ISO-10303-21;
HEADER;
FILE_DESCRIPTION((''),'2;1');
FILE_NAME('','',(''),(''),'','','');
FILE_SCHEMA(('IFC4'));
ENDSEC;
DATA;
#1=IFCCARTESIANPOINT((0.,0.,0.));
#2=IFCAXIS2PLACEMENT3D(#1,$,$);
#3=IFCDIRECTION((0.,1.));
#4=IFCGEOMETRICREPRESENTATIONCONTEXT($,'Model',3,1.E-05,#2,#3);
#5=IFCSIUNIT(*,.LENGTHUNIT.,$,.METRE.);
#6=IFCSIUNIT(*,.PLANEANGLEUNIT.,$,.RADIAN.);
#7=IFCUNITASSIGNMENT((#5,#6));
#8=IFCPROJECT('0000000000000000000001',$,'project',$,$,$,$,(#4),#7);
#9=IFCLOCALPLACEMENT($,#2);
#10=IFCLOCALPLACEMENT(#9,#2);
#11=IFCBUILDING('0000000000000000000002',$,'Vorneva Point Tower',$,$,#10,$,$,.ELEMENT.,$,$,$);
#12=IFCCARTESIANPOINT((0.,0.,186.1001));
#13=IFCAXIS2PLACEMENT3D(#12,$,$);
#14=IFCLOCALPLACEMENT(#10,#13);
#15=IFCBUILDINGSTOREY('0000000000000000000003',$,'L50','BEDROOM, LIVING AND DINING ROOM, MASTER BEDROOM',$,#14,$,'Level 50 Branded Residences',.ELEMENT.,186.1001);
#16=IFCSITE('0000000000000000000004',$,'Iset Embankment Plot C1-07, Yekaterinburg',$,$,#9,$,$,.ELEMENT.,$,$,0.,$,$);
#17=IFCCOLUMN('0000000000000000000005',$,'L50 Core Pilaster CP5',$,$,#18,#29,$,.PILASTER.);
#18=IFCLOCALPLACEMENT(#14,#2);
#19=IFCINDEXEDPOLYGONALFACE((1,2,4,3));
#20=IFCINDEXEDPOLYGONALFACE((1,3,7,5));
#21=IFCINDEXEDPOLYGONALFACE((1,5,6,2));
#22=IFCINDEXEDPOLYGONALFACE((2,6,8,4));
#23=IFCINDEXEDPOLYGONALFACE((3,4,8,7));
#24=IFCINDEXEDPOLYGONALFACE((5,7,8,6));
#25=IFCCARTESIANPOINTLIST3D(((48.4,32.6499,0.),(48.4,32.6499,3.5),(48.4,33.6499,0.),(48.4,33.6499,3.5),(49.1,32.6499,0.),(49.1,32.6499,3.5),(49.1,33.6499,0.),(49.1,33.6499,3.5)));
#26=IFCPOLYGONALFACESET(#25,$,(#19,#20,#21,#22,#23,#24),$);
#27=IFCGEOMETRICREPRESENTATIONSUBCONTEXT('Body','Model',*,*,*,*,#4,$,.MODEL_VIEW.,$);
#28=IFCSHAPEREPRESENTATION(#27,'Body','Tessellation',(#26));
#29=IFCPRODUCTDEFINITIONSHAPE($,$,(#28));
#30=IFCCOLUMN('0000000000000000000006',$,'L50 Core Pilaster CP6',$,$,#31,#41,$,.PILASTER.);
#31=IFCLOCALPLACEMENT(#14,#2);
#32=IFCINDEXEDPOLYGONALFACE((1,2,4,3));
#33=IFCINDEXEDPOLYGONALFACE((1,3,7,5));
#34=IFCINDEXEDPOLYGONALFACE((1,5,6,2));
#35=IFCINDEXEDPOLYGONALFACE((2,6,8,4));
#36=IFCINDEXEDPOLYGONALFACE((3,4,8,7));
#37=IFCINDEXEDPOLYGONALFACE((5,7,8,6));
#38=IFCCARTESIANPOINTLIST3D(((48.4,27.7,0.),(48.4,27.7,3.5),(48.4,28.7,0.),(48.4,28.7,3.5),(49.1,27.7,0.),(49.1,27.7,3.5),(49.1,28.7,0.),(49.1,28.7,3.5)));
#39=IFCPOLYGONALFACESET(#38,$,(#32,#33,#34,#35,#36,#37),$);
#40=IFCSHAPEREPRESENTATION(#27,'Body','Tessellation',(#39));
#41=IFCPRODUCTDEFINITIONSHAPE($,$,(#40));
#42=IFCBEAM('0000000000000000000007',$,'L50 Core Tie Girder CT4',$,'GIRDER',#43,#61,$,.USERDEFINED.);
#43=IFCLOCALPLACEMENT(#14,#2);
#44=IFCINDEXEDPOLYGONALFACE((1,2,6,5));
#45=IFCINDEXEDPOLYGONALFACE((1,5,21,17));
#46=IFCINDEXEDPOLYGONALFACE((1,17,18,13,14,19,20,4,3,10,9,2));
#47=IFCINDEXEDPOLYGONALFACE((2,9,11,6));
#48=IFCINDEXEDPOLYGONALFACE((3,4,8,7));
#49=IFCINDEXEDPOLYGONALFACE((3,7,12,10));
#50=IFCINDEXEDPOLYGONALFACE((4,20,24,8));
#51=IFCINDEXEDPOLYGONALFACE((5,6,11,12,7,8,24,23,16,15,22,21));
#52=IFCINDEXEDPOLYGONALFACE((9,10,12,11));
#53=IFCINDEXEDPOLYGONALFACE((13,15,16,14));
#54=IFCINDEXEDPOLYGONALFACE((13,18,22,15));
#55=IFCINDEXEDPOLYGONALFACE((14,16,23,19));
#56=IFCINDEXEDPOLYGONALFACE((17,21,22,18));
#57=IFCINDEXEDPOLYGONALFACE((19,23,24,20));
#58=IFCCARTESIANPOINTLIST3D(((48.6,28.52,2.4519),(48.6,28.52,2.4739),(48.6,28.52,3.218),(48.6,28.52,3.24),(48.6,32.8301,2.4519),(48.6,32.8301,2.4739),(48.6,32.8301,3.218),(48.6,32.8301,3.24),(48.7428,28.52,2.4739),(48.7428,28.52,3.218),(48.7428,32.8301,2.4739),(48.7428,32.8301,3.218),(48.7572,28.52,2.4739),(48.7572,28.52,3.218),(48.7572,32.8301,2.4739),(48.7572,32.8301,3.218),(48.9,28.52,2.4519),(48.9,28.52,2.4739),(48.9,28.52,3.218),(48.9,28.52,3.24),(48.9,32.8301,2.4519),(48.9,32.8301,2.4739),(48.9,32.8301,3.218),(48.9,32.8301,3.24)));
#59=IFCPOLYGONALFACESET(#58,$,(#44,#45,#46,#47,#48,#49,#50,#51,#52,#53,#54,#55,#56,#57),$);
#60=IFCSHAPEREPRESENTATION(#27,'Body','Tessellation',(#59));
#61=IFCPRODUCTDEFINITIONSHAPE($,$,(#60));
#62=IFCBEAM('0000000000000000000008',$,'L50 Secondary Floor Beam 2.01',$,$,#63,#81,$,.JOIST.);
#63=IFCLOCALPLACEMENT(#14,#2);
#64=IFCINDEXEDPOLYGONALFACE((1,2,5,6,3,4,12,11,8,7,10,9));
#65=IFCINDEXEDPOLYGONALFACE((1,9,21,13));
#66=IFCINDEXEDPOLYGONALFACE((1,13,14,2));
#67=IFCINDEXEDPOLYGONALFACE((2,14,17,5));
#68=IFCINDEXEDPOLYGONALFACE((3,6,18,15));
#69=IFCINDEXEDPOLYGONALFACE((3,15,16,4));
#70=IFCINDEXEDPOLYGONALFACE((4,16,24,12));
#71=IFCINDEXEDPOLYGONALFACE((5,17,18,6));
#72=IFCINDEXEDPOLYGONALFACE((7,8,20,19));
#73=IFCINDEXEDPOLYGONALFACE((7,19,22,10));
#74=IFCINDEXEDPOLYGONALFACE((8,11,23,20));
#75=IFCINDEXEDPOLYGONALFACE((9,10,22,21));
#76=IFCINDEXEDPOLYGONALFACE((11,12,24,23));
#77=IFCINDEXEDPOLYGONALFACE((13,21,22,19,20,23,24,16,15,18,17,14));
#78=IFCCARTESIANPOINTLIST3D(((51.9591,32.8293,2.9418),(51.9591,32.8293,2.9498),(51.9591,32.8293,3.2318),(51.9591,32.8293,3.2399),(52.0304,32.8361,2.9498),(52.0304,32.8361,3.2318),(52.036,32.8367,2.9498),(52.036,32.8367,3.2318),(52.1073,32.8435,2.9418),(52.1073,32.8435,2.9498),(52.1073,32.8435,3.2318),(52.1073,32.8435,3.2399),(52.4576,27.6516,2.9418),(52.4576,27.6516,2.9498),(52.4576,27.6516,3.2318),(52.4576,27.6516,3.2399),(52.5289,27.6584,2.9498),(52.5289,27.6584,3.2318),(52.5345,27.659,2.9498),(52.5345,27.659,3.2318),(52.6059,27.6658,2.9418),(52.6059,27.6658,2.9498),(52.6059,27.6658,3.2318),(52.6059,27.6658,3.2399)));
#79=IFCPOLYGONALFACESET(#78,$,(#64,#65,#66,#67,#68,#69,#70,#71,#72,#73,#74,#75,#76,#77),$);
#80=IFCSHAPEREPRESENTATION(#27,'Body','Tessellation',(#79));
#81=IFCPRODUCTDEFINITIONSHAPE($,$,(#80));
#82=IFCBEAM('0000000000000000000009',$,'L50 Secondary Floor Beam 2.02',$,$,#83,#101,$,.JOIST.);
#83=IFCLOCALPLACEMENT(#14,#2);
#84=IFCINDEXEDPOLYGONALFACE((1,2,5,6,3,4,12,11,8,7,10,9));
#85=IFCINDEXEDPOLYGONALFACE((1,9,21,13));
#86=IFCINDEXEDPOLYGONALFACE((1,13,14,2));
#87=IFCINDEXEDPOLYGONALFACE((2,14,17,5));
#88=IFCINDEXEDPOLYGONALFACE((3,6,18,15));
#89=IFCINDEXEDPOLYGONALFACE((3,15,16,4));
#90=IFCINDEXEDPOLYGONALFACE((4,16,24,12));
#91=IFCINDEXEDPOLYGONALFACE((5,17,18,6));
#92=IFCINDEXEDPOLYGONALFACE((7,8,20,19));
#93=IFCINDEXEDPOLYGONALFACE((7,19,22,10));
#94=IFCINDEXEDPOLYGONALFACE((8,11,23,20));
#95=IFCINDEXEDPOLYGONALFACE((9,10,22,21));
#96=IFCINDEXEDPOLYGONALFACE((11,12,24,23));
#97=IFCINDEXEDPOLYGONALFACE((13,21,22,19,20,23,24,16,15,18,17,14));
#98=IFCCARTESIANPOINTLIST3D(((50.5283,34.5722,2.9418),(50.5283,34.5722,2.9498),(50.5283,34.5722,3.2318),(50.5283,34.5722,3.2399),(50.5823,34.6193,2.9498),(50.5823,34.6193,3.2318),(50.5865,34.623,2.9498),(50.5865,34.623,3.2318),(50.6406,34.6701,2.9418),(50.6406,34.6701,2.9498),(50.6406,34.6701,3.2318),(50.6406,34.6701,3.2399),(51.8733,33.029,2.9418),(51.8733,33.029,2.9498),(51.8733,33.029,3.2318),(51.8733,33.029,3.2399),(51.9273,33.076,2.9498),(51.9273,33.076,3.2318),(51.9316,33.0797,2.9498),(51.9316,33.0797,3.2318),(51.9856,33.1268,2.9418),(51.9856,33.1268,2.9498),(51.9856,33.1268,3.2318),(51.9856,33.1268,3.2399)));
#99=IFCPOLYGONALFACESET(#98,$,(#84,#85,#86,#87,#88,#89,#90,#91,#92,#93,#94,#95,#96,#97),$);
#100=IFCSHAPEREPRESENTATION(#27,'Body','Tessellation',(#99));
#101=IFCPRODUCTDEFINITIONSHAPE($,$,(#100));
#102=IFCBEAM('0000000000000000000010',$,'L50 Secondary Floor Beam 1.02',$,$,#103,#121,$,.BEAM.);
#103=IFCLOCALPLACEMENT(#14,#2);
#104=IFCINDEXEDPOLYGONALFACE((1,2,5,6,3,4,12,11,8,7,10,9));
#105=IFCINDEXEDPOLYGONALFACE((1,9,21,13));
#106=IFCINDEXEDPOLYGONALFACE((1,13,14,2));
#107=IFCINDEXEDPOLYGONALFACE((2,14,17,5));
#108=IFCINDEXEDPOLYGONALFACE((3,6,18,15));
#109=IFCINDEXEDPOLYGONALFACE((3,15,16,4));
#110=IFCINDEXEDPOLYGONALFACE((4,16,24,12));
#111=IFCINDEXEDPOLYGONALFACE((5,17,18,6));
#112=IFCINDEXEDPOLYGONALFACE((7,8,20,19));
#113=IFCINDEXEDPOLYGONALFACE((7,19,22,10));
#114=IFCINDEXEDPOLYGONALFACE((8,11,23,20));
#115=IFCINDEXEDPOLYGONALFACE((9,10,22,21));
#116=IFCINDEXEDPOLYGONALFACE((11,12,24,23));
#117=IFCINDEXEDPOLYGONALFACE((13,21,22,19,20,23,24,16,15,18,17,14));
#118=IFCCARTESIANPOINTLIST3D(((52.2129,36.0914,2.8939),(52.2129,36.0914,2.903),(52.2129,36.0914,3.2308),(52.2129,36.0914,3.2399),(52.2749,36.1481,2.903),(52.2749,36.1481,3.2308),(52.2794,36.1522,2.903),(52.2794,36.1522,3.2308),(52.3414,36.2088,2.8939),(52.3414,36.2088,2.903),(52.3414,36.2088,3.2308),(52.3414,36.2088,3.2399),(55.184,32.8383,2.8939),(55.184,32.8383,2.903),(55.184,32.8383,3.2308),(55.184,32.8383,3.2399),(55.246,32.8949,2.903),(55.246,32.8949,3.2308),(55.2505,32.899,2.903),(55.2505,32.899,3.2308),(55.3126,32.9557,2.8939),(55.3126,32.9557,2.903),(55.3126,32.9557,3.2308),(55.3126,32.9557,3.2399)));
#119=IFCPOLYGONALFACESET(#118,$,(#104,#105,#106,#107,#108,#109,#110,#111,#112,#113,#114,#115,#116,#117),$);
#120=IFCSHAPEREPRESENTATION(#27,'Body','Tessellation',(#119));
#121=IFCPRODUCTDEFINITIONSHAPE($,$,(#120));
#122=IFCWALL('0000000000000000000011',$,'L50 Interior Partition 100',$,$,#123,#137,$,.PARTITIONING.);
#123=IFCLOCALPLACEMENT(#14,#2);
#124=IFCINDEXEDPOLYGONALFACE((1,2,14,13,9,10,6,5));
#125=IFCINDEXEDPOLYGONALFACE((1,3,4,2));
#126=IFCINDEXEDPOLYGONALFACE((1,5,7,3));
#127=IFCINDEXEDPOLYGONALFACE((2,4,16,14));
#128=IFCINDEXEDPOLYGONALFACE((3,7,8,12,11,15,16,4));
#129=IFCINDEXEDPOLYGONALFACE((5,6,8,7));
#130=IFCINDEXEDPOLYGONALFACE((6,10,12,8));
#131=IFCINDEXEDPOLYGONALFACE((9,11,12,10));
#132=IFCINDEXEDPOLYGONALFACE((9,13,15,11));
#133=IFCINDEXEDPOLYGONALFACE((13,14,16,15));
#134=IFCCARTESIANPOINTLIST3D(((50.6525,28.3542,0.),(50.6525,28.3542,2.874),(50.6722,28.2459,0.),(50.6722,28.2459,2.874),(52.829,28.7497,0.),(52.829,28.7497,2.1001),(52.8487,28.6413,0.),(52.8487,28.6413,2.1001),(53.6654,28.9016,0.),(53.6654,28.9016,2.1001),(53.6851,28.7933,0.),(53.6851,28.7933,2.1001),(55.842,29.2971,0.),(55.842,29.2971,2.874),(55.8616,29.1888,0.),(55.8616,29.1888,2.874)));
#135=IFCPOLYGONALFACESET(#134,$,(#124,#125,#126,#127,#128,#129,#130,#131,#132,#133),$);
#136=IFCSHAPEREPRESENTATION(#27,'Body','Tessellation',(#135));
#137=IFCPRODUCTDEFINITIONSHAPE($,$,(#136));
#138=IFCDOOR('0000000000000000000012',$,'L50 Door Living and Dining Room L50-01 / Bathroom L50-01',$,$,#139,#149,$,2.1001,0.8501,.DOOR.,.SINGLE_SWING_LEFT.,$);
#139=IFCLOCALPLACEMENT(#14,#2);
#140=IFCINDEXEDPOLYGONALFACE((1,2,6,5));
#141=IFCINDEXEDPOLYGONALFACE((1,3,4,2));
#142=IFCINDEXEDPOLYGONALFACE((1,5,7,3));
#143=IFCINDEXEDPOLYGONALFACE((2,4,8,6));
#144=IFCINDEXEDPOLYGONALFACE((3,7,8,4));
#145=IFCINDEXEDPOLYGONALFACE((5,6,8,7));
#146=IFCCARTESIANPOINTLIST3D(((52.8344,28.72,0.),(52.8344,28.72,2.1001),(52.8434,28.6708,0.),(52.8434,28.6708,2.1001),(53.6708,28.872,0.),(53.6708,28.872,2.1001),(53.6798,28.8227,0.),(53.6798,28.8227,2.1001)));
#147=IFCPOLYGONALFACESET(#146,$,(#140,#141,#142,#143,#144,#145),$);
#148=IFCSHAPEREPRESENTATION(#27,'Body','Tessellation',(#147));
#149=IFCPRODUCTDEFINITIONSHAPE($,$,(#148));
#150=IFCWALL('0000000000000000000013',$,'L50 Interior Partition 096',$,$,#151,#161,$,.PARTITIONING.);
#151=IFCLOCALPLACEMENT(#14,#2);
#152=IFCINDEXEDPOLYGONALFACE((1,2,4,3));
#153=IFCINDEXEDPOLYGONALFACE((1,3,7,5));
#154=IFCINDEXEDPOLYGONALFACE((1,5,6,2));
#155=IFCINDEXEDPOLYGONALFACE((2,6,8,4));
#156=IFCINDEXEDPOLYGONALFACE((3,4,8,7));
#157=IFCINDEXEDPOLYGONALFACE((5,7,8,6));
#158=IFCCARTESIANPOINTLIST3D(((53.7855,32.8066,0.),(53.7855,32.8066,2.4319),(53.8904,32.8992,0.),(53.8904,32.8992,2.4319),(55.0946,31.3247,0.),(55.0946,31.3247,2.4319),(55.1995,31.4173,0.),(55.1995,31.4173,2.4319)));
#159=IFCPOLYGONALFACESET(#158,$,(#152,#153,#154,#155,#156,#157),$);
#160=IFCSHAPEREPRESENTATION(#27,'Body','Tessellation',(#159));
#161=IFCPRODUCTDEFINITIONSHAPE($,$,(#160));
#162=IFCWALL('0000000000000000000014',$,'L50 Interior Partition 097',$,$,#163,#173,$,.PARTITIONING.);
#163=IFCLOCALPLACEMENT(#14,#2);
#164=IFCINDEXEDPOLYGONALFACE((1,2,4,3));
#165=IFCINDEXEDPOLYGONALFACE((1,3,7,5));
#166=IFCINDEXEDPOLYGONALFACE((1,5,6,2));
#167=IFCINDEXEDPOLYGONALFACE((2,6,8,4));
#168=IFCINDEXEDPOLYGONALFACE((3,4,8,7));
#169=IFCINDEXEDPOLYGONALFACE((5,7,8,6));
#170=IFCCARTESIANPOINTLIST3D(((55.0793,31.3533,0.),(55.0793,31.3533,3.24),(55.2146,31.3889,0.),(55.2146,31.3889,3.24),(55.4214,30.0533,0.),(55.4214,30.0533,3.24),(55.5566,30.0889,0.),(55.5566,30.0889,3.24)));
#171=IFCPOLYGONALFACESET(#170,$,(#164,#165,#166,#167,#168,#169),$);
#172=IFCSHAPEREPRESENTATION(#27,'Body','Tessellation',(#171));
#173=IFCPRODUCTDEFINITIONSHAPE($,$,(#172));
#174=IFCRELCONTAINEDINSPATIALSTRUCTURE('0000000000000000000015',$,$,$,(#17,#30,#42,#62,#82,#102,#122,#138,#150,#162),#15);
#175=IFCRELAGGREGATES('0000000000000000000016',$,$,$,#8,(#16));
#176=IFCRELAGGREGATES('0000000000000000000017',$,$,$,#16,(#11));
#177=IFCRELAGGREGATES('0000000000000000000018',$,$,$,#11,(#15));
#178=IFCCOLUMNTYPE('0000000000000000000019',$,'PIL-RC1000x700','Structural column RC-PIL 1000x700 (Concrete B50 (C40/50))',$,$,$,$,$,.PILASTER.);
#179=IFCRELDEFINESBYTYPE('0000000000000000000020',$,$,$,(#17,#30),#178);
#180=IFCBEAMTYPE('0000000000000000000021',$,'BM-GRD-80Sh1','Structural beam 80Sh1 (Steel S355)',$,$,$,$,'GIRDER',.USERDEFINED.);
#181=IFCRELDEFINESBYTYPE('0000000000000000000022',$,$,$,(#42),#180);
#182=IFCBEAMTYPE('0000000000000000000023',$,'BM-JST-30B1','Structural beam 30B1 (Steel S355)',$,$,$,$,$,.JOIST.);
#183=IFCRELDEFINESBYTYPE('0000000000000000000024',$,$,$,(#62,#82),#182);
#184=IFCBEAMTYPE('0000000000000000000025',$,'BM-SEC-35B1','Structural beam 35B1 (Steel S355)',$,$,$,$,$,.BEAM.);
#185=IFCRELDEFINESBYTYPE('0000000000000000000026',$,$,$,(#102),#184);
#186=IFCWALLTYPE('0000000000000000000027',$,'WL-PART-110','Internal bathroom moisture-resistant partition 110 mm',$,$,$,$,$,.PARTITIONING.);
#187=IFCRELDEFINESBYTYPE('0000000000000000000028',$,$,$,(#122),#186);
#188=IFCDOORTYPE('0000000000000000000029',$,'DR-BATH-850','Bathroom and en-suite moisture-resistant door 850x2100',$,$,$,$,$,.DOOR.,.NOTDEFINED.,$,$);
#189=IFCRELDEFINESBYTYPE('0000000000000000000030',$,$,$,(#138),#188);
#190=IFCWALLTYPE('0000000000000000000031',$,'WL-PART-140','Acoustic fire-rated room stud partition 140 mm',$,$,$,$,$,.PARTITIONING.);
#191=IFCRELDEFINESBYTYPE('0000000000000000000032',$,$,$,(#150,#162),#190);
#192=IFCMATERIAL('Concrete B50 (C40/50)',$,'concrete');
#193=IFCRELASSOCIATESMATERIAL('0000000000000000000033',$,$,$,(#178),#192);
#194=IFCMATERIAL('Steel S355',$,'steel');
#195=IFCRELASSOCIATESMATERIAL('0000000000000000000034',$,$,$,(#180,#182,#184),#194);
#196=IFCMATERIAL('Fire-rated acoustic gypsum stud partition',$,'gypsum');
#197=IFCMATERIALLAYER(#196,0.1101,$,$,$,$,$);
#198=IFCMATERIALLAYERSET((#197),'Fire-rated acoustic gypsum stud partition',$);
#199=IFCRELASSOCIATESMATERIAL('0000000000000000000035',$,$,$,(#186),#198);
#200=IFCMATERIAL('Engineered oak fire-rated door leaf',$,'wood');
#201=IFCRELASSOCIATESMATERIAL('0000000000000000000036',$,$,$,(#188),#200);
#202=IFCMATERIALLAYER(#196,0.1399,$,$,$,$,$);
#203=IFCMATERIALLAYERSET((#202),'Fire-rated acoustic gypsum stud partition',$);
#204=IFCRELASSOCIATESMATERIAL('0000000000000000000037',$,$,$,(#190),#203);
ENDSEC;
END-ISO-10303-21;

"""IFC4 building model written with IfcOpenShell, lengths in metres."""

from ifc_helpers import new_model, si_unit, direction, frame, frame_2d, origin, origin_2d, place, context, subcontext, project, spatial, rectangle, i_section, extrude, material, layer, layer_set, material_profile, profile_set, type_object, element, fill, save


model = new_model("IFC4")

# Units and contexts
model_context = context("Model", 3, precision=1e-05, world=origin(), true_north=direction((0.0, 1.0)))
body_context = subcontext(model_context, "Body", "Model", "MODEL_VIEW")
ifc_project = project(units=[si_unit("LENGTHUNIT", "METRE"), si_unit("PLANEANGLEUNIT", "RADIAN")], contexts=[model_context])

# Site, building, storey
site_placement = place(None, origin())
site = spatial("IfcSite", under=ifc_project, at=site_placement, Name="Iset Embankment Plot C1-07, Yekaterinburg", CompositionType="ELEMENT", RefElevation=0.0)
building_placement = place(site_placement, origin())
building = spatial("IfcBuilding", under=site, at=building_placement, Name="Vorneva Point Tower", CompositionType="ELEMENT")
storey_placement = place(building_placement, frame((0.0, 0.0, 186.1001)))
storey = spatial("IfcBuildingStorey", under=building, at=storey_placement, Name="L50", Description="BEDROOM, LIVING AND DINING ROOM, MASTER BEDROOM", LongName="Level 50 Branded Residences", CompositionType="ELEMENT", Elevation=186.1001)

# Columns
ifc_material_1 = material(Name="Concrete B50 (C40/50)", Category="concrete")
ifc_material_profile_1 = material_profile(ifc_material_1, rectangle(XDim=0.7, YDim=1.0, at=origin_2d()), Name="RC-PIL 1000x700")
ifc_profile_set_1 = profile_set([ifc_material_profile_1], Name="Concrete B50 (C40/50)")
column_type = type_object("IfcColumnType", Name="PIL-RC1000x700", Description="Structural column RC-PIL 1000x700 (Concrete B50 (C40/50))", PredefinedType="PILASTER", material=ifc_profile_set_1)
for number, where, z_axis, x_axis, name in (
    (1, (48.75, 33.1499, 0.0), (0.0, 0.0, 1.0), (1.0, 0.0, 0.0), "L50 Core Pilaster CP5"),
    (2, (48.75, 28.2, 0.0), (0.0, 0.0, 1.0), (1.0, 0.0, 0.0), "L50 Core Pilaster CP6"),
):
    element("IfcColumn", number, at=place(storey_placement, frame(where, z_axis=z_axis, x_axis=x_axis)), inside=storey, type_object=column_type, Name=name, PredefinedType="PILASTER", context=body_context, shape_type="SweptSolid", body=[
        extrude(rectangle(XDim=0.7, YDim=1.0, at=origin_2d()), origin(), (0.0, 0.0, 1.0), 3.5),
    ])

# Beams
ifc_material_2 = material(Name="Steel S355", Category="steel")
ifc_material_profile_2 = material_profile(ifc_material_2, i_section(OverallWidth=0.3, OverallDepth=0.7881, WebThickness=0.0144, FlangeThickness=0.022, at=origin_2d()), Name="80Sh1")
ifc_profile_set_2 = profile_set([ifc_material_profile_2], Name="Steel S355")
beam_type_1 = type_object("IfcBeamType", Name="BM-GRD-80Sh1", Description="Structural beam 80Sh1 (Steel S355)", ElementType="GIRDER", PredefinedType="USERDEFINED", material=ifc_profile_set_2)
beam_1_placement = place(storey_placement, frame((48.75, 28.52, 2.8459), z_axis=(0.0, 1.0, 0.0), x_axis=(-1.0, 0.0, 0.0)))
element("IfcBeam", 3, at=beam_1_placement, inside=storey, type_object=beam_type_1, Name="L50 Core Tie Girder CT4", ObjectType="GIRDER", PredefinedType="USERDEFINED", context=body_context, shape_type="SweptSolid", body=[
    extrude(i_section(OverallWidth=0.3, OverallDepth=0.7881, WebThickness=0.0144, FlangeThickness=0.022, at=origin_2d()), origin(), (0.0, 0.0, 1.0), 4.3101),
])
ifc_material_profile_3 = material_profile(ifc_material_2, i_section(OverallWidth=0.1489, OverallDepth=0.2981, WebThickness=0.0056, FlangeThickness=0.0081, at=origin_2d()), Name="30B1")
ifc_profile_set_3 = profile_set([ifc_material_profile_3], Name="Steel S355")
beam_type_2 = type_object("IfcBeamType", Name="BM-JST-30B1", Description="Structural beam 30B1 (Steel S355)", PredefinedType="JOIST", material=ifc_profile_set_3)
beam_2_placement = place(storey_placement, frame((52.5317, 27.6587, 3.0908), z_axis=(-0.095841, 0.995397, 0.0), x_axis=(-0.995397, -0.095841, 0.0)))
element("IfcBeam", 4, at=beam_2_placement, inside=storey, type_object=beam_type_2, Name="L50 Secondary Floor Beam 2.01", PredefinedType="JOIST", context=body_context, shape_type="SweptSolid", body=[
    extrude(i_section(OverallWidth=0.1489, OverallDepth=0.2981, WebThickness=0.0056, FlangeThickness=0.0081, at=origin_2d()), origin(), (0.0, 0.0, 1.0), 5.2017),
])
beam_3_placement = place(storey_placement, frame((51.9294, 33.0779, 3.0908), z_axis=(-0.657026, 0.753868, 0.0), x_axis=(-0.753868, -0.657026, 0.0)))
element("IfcBeam", 5, at=beam_3_placement, inside=storey, type_object=beam_type_2, Name="L50 Secondary Floor Beam 2.02", PredefinedType="JOIST", context=body_context, shape_type="SweptSolid", body=[
    extrude(i_section(OverallWidth=0.1489, OverallDepth=0.2981, WebThickness=0.0056, FlangeThickness=0.0081, at=origin_2d()), origin(), (0.0, 0.0, 1.0), 2.0471),
])
ifc_material_profile_4 = material_profile(ifc_material_2, i_section(OverallWidth=0.1741, OverallDepth=0.3459, WebThickness=0.0061, FlangeThickness=0.009, at=origin_2d()), Name="35B1")
ifc_profile_set_4 = profile_set([ifc_material_profile_4], Name="Steel S355")
beam_type_3 = type_object("IfcBeamType", Name="BM-SEC-35B1", Description="Structural beam 35B1 (Steel S355)", PredefinedType="BEAM", material=ifc_profile_set_4)
beam_4_placement = place(storey_placement, frame((55.2483, 32.897, 3.0669), z_axis=(-0.674381, 0.738384, 0.0), x_axis=(-0.738384, -0.674381, 0.0)))
element("IfcBeam", 6, at=beam_4_placement, inside=storey, type_object=beam_type_3, Name="L50 Secondary Floor Beam 1.02", PredefinedType="BEAM", context=body_context, shape_type="SweptSolid", body=[
    extrude(i_section(OverallWidth=0.1741, OverallDepth=0.3459, WebThickness=0.0061, FlangeThickness=0.009, at=origin_2d()), origin(), (0.0, 0.0, 1.0), 4.4058),
])

# Wall, opening, door
ifc_material_3 = material(Name="Fire-rated acoustic gypsum stud partition", Category="gypsum")
ifc_layer_1 = layer(ifc_material_3, 0.1101)
ifc_layer_set_1 = layer_set([ifc_layer_1], Name="Fire-rated acoustic gypsum stud partition")
wall_type_1 = type_object("IfcWallType", Name="WL-PART-110", Description="Internal bathroom moisture-resistant partition 110 mm", PredefinedType="PARTITIONING", material=ifc_layer_set_1)
wall_1_placement = place(storey_placement, frame((50.6624, 28.3, 0.0), z_axis=(0.0, 0.0, 1.0), x_axis=(0.983892, 0.178763, 0.0)))
wall_1 = element("IfcWall", 7, at=wall_1_placement, inside=storey, type_object=wall_type_1, Name="L50 Interior Partition 100", PredefinedType="PARTITIONING", context=body_context, shape_type="SweptSolid", body=[
    extrude(rectangle(XDim=5.2744, YDim=0.1101, at=frame_2d((2.6372, 0.0))), origin(), (0.0, 0.0, 1.0), 2.874),
])
opening_1_placement = place(wall_1_placement, frame((2.2122, 0.0, 0.0)))
opening_1 = element("IfcOpeningElement", 8, at=opening_1_placement, cuts=wall_1, PredefinedType="OPENING", context=body_context, shape_type="SweptSolid", body=[
    extrude(rectangle(XDim=0.8501, YDim=2.1001, at=frame_2d((0.425, 1.05))), frame((0.0, 0.0698, 0.0), z_axis=(0.0, -1.0, 0.0), x_axis=(1.0, 0.0, 0.0)), (0.0, 0.0, 1.0), 0.1399),
])
ifc_material_4 = material(Name="Engineered oak fire-rated door leaf", Category="wood")
door_type_1 = type_object("IfcDoorType", Name="DR-BATH-850", Description="Bathroom and en-suite moisture-resistant door 850x2100", OperationType="NOTDEFINED", PredefinedType="DOOR", material=ifc_material_4)
door_1_placement = place(opening_1_placement, origin())
door_1 = element("IfcDoor", 9, at=door_1_placement, inside=storey, type_object=door_type_1, Name="L50 Door Living and Dining Room L50-01 / Bathroom L50-01", OperationType="SINGLE_SWING_LEFT", OverallHeight=2.1001, OverallWidth=0.8501, PredefinedType="DOOR", context=body_context, shape_type="SweptSolid", body=[
    extrude(rectangle(XDim=0.8501, YDim=2.1001, at=frame_2d((0.425, 1.05))), frame((0.0, 0.0249, 0.0), z_axis=(0.0, -1.0, 0.0), x_axis=(1.0, 0.0, 0.0)), (0.0, 0.0, 1.0), 0.05),
])
fill(opening_1, door_1)

# Walls
ifc_layer_2 = layer(ifc_material_3, 0.1399)
ifc_layer_set_2 = layer_set([ifc_layer_2], Name="Fire-rated acoustic gypsum stud partition")
wall_type_2 = type_object("IfcWallType", Name="WL-PART-140", Description="Acoustic fire-rated room stud partition 140 mm", PredefinedType="PARTITIONING", material=ifc_layer_set_2)
wall_2_placement = place(storey_placement, frame((53.8379, 32.853, 0.0), z_axis=(0.0, 0.0, 1.0), x_axis=(0.662046, -0.749463, 0.0)))
element("IfcWall", 10, at=wall_2_placement, inside=storey, type_object=wall_type_2, Name="L50 Interior Partition 096", PredefinedType="PARTITIONING", context=body_context, shape_type="SweptSolid", body=[
    extrude(rectangle(XDim=1.9773, YDim=0.1399, at=frame_2d((0.9888, 0.0))), origin(), (0.0, 0.0, 1.0), 2.4319),
])
wall_3_placement = place(storey_placement, frame((55.147, 31.3711, 0.0), z_axis=(0.0, 0.0, 1.0), x_axis=(0.25444, -0.967089, 0.0)))
element("IfcWall", 11, at=wall_3_placement, inside=storey, type_object=wall_type_2, Name="L50 Interior Partition 097", PredefinedType="PARTITIONING", context=body_context, shape_type="SweptSolid", body=[
    extrude(rectangle(XDim=1.3442, YDim=0.1399, at=frame_2d((0.6721, 0.0))), origin(), (0.0, 0.0, 1.0), 3.24),
])

save(model, "model.ifc")
